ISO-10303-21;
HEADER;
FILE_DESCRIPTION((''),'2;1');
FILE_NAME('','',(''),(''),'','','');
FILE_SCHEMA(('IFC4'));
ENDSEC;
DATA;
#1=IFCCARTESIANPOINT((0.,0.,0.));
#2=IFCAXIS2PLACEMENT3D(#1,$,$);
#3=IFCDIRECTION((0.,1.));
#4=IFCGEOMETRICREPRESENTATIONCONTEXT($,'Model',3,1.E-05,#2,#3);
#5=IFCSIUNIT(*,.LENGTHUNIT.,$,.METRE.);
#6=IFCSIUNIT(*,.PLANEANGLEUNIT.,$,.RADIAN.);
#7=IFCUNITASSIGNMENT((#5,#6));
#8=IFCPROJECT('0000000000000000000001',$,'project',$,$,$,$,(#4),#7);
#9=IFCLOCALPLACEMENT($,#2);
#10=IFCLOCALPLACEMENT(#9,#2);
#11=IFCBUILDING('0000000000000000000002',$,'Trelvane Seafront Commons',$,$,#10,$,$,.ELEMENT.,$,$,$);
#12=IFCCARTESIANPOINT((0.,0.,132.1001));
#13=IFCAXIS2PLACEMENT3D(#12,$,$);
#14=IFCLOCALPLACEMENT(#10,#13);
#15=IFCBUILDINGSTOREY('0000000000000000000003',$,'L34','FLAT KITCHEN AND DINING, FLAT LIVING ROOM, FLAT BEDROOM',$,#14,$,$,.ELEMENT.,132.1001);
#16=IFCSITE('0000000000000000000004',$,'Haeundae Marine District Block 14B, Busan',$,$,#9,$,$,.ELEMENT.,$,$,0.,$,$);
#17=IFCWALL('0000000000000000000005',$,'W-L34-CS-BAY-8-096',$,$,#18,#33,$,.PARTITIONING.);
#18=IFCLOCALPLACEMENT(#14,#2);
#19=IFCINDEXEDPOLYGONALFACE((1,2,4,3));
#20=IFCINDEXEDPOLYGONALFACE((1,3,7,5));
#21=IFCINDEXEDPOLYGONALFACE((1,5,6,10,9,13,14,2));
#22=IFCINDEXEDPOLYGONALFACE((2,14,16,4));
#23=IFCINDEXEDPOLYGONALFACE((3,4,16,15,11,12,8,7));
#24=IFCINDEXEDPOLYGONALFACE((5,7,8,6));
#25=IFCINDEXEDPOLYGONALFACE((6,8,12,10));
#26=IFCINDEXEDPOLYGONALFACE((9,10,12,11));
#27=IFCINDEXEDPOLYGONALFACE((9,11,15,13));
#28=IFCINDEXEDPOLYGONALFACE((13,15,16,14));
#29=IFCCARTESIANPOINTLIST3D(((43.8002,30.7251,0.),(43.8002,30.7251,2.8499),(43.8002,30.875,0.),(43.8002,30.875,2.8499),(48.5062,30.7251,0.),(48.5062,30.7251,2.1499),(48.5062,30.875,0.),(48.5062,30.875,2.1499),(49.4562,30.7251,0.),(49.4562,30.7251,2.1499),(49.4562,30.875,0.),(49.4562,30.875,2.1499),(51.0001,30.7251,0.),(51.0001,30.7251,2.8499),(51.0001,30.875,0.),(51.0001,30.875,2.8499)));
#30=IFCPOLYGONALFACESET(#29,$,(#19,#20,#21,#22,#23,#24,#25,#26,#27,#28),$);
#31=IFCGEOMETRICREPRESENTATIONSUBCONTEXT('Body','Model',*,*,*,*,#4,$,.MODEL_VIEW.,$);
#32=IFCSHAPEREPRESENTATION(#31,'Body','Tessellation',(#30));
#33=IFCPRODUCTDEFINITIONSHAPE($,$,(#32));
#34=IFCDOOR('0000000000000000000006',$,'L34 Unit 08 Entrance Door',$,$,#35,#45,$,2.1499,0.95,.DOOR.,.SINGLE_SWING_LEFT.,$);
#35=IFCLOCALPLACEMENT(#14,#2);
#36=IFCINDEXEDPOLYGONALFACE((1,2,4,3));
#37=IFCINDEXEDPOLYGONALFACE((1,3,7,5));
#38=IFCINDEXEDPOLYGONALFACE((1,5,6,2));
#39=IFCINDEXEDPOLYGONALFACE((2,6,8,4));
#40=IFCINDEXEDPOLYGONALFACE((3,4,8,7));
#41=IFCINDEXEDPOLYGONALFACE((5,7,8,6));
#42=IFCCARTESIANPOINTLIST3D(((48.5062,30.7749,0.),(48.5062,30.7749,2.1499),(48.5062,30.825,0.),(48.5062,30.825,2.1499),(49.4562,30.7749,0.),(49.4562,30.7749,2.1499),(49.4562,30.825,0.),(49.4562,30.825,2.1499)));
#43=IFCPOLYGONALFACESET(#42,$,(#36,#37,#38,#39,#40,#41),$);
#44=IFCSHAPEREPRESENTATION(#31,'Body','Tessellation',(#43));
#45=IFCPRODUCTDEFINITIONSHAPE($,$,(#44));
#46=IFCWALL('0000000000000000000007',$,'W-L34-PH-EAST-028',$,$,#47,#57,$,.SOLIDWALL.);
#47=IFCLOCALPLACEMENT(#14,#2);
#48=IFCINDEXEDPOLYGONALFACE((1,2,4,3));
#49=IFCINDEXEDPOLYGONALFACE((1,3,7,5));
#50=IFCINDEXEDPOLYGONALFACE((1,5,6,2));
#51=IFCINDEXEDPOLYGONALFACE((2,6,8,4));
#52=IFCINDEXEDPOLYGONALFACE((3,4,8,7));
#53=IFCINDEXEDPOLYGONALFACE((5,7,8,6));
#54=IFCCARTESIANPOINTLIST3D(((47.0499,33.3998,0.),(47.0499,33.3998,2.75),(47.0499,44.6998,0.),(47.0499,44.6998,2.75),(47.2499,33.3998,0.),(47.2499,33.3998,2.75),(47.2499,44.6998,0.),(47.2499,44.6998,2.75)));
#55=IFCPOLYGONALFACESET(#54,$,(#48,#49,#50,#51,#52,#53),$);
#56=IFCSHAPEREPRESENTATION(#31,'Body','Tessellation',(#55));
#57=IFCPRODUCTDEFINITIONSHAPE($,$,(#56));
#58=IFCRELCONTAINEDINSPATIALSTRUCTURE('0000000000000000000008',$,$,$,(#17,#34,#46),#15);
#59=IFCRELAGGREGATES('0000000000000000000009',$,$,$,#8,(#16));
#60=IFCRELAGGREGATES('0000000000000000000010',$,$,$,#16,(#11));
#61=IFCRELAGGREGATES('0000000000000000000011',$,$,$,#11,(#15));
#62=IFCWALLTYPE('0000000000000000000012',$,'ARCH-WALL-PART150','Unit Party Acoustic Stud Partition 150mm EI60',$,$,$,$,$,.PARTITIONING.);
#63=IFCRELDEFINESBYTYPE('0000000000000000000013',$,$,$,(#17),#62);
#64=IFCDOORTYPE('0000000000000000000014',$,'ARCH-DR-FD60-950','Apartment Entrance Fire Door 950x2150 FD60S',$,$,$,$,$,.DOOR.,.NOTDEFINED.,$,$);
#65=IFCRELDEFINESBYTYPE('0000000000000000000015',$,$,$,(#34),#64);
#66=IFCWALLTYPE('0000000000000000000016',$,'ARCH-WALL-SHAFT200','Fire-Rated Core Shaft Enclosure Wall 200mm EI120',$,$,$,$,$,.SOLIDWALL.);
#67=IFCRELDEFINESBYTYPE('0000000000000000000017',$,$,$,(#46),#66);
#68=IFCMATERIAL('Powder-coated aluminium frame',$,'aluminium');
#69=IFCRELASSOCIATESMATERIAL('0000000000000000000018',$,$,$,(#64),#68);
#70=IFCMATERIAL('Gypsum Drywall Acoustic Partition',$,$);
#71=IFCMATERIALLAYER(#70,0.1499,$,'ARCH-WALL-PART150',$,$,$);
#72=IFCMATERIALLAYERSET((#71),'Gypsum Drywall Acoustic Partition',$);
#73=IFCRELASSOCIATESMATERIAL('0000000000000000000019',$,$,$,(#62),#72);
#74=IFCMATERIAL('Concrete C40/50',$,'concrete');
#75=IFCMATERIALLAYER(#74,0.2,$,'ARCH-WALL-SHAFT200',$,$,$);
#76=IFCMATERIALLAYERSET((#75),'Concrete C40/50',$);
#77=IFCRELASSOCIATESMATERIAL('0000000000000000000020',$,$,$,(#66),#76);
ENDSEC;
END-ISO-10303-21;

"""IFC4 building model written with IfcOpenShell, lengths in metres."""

from ifc_helpers import new_model, si_unit, direction, frame, frame_2d, origin, place, context, subcontext, project, spatial, rectangle, extrude, source, transform, mapped, material, layer, layer_set, type_object, element, fill, save


model = new_model("IFC4")

# Units and contexts
model_context = context("Model", 3, precision=1e-05, world=origin(), true_north=direction((0.0, 1.0)))
body_context = subcontext(model_context, "Body", "Model", "MODEL_VIEW")
ifc_project = project(units=[si_unit("LENGTHUNIT", "METRE"), si_unit("PLANEANGLEUNIT", "RADIAN")], contexts=[model_context])

# Site, building, storey
site_placement = place(None, origin())
site = spatial("IfcSite", under=ifc_project, at=site_placement, Name="Haeundae Marine District Block 14B, Busan", CompositionType="ELEMENT", RefElevation=0.0)
building_placement = place(site_placement, origin())
building = spatial("IfcBuilding", under=site, at=building_placement, Name="Trelvane Seafront Commons", CompositionType="ELEMENT")
storey_placement = place(building_placement, frame((0.0, 0.0, 132.1001)))
storey = spatial("IfcBuildingStorey", under=building, at=storey_placement, Name="L34", Description="FLAT KITCHEN AND DINING, FLAT LIVING ROOM, FLAT BEDROOM", CompositionType="ELEMENT", Elevation=132.1001)

# Shared definitions
ifc_material_1 = material(Name="Concrete C40/50", Category="concrete")
ifc_material_2 = material(Name="Powder-coated aluminium frame", Category="aluminium")
door_type_1 = type_object("IfcDoorType", Name="ARCH-DR-FD60-950", Description="Apartment Entrance Fire Door 950x2150 FD60S", OperationType="NOTDEFINED", PredefinedType="DOOR", material=ifc_material_2)
shared_shape_1 = source(origin(), body_context, "Body", "SweptSolid", [
    extrude(rectangle(XDim=0.95, YDim=2.1499, at=frame_2d((0.4751, 1.075))), frame((0.0, 0.0249, 0.0), z_axis=(0.0, -1.0, 0.0), x_axis=(1.0, 0.0, 0.0)), (0.0, 0.0, 1.0), 0.05),
])
ifc_material_3 = material(Name="Gypsum Drywall Acoustic Partition")

# Wall, opening, door
ifc_layer_1 = layer(ifc_material_3, 0.1499, Name="ARCH-WALL-PART150")
ifc_layer_set_1 = layer_set([ifc_layer_1], Name="Gypsum Drywall Acoustic Partition")
wall_type_1 = type_object("IfcWallType", Name="ARCH-WALL-PART150", Description="Unit Party Acoustic Stud Partition 150mm EI60", PredefinedType="PARTITIONING", material=ifc_layer_set_1)
wall_1_placement = place(storey_placement, frame((43.8, 30.8, 0.0), z_axis=(0.0, 0.0, 1.0), x_axis=(1.0, 0.0, 0.0)))
wall_1 = element("IfcWall", 1, at=wall_1_placement, inside=storey, type_object=wall_type_1, Name="W-L34-CS-BAY-8-096", PredefinedType="PARTITIONING", context=body_context, shape_type="SweptSolid", body=[
    extrude(rectangle(XDim=7.2, YDim=0.1499, at=frame_2d((3.6001, 0.0))), origin(), (0.0, 0.0, 1.0), 2.8499),
])
opening_1_placement = place(wall_1_placement, frame((4.7061, 0.0, 0.0)))
opening_1 = element("IfcOpeningElement", 2, at=opening_1_placement, cuts=wall_1, PredefinedType="OPENING", context=body_context, shape_type="SweptSolid", body=[
    extrude(rectangle(XDim=0.95, YDim=2.1499, at=frame_2d((0.4751, 1.075))), frame((0.0, 0.085, 0.0), z_axis=(0.0, -1.0, 0.0), x_axis=(1.0, 0.0, 0.0)), (0.0, 0.0, 1.0), 0.1699),
])
door_1_placement = place(opening_1_placement, origin())
door_1 = element("IfcDoor", 3, at=door_1_placement, inside=storey, type_object=door_type_1, Name="L34 Unit 08 Entrance Door", OperationType="SINGLE_SWING_LEFT", OverallHeight=2.1499, OverallWidth=0.95, PredefinedType="DOOR", context=body_context, shape_type="MappedRepresentation", body=[
    mapped(shared_shape_1, transform((0.0, 0.0, 0.0), x_axis=(1.0, 0.0, 0.0), y_axis=(0.0, 1.0, 0.0), z_axis=(0.0, 0.0, 1.0), scale=1.0)),
])
fill(opening_1, door_1)

# Wall
ifc_layer_2 = layer(ifc_material_1, 0.2, Name="ARCH-WALL-SHAFT200")
ifc_layer_set_2 = layer_set([ifc_layer_2], Name="Concrete C40/50")
wall_type_2 = type_object("IfcWallType", Name="ARCH-WALL-SHAFT200", Description="Fire-Rated Core Shaft Enclosure Wall 200mm EI120", PredefinedType="SOLIDWALL", material=ifc_layer_set_2)
wall_2_placement = place(storey_placement, frame((47.1499, 33.3999, 0.0), z_axis=(0.0, 0.0, 1.0), x_axis=(0.0, 1.0, 0.0)))
element("IfcWall", 4, at=wall_2_placement, inside=storey, type_object=wall_type_2, Name="W-L34-PH-EAST-028", PredefinedType="SOLIDWALL", context=body_context, shape_type="SweptSolid", body=[
    extrude(rectangle(XDim=11.3, YDim=0.2, at=frame_2d((5.6499, 0.0))), origin(), (0.0, 0.0, 1.0), 2.75),
])

save(model, "model.ifc")
